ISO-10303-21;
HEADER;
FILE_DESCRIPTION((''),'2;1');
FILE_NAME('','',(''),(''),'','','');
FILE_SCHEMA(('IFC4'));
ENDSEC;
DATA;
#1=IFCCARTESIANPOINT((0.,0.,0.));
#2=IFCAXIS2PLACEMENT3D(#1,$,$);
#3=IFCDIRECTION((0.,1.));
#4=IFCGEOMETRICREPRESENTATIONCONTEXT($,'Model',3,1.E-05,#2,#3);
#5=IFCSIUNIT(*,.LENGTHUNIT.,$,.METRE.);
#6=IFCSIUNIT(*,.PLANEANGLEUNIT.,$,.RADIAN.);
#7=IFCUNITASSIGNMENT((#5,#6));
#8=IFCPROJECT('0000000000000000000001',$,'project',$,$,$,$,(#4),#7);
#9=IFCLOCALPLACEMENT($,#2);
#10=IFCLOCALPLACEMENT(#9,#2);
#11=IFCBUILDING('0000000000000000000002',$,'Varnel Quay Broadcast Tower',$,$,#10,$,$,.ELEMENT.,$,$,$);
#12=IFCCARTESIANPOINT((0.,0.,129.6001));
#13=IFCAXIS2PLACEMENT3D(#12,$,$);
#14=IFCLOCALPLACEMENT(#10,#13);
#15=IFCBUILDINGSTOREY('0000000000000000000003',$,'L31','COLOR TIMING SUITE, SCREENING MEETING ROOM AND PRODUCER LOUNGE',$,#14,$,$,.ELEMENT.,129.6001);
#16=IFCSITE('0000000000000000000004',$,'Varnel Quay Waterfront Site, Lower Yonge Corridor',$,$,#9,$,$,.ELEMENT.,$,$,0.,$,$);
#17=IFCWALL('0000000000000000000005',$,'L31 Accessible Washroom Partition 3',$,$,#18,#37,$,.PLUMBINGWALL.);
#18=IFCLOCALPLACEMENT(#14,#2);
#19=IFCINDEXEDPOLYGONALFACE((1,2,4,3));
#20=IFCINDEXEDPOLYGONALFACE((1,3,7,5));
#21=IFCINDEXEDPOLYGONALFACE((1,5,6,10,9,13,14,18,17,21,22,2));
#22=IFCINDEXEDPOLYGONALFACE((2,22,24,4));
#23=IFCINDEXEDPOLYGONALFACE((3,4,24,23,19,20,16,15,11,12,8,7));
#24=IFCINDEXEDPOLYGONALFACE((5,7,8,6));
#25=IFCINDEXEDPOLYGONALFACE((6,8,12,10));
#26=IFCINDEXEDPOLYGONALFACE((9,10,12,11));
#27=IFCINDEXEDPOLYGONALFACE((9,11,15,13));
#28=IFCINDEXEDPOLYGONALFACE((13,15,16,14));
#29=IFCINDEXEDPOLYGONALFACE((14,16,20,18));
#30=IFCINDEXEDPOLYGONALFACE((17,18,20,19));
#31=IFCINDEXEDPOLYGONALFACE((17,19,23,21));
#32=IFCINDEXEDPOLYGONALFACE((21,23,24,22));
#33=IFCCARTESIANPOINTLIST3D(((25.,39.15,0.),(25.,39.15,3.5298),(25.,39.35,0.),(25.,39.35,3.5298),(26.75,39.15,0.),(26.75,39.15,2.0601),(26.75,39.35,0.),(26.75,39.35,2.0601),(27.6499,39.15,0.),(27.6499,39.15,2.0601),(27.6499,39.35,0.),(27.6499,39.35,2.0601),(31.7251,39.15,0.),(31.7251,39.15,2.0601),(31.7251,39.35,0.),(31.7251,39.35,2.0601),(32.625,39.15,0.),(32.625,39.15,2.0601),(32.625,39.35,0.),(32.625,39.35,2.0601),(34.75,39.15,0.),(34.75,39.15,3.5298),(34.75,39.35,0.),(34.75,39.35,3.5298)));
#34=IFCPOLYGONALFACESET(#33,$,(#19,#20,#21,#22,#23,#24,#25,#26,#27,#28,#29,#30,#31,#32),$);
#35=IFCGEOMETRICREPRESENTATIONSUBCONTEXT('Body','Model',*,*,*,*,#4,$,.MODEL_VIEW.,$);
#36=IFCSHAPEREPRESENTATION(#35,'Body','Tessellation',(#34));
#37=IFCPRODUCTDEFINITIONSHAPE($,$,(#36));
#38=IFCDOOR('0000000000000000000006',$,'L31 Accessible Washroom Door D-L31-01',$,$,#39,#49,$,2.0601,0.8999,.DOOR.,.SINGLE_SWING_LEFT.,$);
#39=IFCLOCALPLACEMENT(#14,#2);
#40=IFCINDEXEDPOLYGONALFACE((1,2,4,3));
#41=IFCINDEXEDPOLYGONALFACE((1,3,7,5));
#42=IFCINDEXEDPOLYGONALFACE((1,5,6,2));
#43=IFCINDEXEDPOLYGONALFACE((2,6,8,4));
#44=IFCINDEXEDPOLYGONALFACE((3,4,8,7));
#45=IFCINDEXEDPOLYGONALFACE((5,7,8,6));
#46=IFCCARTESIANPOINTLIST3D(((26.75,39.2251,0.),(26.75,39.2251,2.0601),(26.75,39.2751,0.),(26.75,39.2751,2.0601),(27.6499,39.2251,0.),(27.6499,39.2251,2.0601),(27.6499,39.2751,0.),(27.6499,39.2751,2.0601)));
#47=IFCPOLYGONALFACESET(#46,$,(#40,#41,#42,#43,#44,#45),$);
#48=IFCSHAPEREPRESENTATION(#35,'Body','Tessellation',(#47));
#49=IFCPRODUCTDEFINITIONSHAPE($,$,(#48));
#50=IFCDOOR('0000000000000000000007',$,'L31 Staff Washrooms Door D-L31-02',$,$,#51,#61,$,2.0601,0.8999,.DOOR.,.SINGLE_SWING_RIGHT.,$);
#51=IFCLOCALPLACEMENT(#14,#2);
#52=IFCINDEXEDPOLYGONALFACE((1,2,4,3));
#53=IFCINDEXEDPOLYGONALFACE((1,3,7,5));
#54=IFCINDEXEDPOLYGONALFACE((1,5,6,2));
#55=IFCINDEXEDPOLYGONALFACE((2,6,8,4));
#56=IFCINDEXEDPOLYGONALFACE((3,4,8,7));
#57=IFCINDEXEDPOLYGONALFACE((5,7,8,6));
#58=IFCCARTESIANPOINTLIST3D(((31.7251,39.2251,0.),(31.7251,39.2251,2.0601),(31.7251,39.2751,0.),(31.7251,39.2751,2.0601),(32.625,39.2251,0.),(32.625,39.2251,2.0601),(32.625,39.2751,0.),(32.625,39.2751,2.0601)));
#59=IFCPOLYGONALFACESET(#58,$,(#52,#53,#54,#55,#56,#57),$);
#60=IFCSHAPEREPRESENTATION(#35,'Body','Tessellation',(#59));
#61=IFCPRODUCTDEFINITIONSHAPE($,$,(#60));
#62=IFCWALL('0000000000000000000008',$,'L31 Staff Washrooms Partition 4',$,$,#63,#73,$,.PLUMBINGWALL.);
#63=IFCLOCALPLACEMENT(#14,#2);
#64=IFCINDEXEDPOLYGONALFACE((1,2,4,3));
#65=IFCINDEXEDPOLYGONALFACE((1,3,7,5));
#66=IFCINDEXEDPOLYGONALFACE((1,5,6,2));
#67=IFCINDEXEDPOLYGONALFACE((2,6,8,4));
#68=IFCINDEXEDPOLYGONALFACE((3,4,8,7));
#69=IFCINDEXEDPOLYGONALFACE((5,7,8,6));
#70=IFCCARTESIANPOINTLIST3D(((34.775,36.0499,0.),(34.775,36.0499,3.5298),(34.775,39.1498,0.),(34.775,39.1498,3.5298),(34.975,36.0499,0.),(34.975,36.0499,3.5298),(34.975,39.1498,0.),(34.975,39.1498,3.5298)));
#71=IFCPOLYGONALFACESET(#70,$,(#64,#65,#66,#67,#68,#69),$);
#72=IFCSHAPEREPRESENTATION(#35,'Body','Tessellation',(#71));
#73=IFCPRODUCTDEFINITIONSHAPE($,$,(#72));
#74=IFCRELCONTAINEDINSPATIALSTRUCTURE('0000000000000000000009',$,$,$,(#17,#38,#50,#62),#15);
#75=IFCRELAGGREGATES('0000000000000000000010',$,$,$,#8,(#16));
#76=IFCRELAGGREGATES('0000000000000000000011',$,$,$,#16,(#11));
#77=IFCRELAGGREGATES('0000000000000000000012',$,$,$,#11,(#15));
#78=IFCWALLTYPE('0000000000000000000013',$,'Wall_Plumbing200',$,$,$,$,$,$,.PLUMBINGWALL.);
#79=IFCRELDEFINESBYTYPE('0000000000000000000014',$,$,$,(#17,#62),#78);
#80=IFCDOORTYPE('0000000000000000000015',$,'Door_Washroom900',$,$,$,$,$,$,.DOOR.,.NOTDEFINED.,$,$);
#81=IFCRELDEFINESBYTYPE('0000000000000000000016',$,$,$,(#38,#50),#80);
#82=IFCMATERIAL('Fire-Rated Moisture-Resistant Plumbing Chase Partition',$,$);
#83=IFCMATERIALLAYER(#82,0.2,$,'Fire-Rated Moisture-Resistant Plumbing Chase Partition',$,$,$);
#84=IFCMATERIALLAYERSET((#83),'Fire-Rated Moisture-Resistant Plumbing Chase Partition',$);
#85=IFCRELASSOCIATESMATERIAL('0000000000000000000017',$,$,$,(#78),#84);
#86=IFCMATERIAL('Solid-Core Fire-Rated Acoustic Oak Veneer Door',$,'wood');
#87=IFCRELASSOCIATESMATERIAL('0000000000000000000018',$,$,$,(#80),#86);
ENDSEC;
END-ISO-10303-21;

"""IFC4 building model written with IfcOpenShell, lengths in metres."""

from ifc_helpers import new_model, si_unit, direction, frame, frame_2d, origin, place, context, subcontext, project, spatial, rectangle, extrude, source, transform, mapped, material, layer, layer_set, type_object, type_shapes, element, fill, save


model = new_model("IFC4")

# Units and contexts
model_context = context("Model", 3, precision=1e-05, world=origin(), true_north=direction((0.0, 1.0)))
body_context = subcontext(model_context, "Body", "Model", "MODEL_VIEW")
ifc_project = project(units=[si_unit("LENGTHUNIT", "METRE"), si_unit("PLANEANGLEUNIT", "RADIAN")], contexts=[model_context])

# Site, building, storey
site_placement = place(None, origin())
site = spatial("IfcSite", under=ifc_project, at=site_placement, Name="Varnel Quay Waterfront Site, Lower Yonge Corridor", CompositionType="ELEMENT", RefElevation=0.0)
building_placement = place(site_placement, origin())
building = spatial("IfcBuilding", under=site, at=building_placement, Name="Varnel Quay Broadcast Tower", CompositionType="ELEMENT")
storey_placement = place(building_placement, frame((0.0, 0.0, 129.6001)))
storey = spatial("IfcBuildingStorey", under=building, at=storey_placement, Name="L31", Description="COLOR TIMING SUITE, SCREENING MEETING ROOM AND PRODUCER LOUNGE", CompositionType="ELEMENT", Elevation=129.6001)

# Shared definitions
ifc_material_1 = material(Name="Fire-Rated Moisture-Resistant Plumbing Chase Partition")
ifc_layer_1 = layer(ifc_material_1, 0.2, Name="Fire-Rated Moisture-Resistant Plumbing Chase Partition")
ifc_layer_set_1 = layer_set([ifc_layer_1], Name="Fire-Rated Moisture-Resistant Plumbing Chase Partition")
wall_type_1 = type_object("IfcWallType", Name="Wall_Plumbing200", PredefinedType="PLUMBINGWALL", material=ifc_layer_set_1)

# Wall, openings, doors
wall_1_placement = place(storey_placement, frame((25.0, 39.25, 0.0), z_axis=(0.0, 0.0, 1.0), x_axis=(1.0, 0.0, 0.0)))
wall_1 = element("IfcWall", 1, at=wall_1_placement, inside=storey, type_object=wall_type_1, Name="L31 Accessible Washroom Partition 3", PredefinedType="PLUMBINGWALL", context=body_context, shape_type="SweptSolid", body=[
    extrude(rectangle(XDim=9.75, YDim=0.2, at=frame_2d((4.875, 0.0))), origin(), (0.0, 0.0, 1.0), 3.5298),
])
opening_1_placement = place(wall_1_placement, frame((1.75, 0.0, 0.0)))
opening_1 = element("IfcOpeningElement", 2, at=opening_1_placement, cuts=wall_1, PredefinedType="OPENING", context=body_context, shape_type="SweptSolid", body=[
    extrude(rectangle(XDim=0.8999, YDim=2.0601, at=frame_2d((0.45, 1.03))), frame((0.0, 0.1099, 0.0), z_axis=(0.0, -1.0, 0.0), x_axis=(1.0, 0.0, 0.0)), (0.0, 0.0, 1.0), 0.22),
])
opening_2_placement = place(wall_1_placement, frame((6.7251, 0.0, 0.0)))
opening_2 = element("IfcOpeningElement", 3, at=opening_2_placement, cuts=wall_1, PredefinedType="OPENING", context=body_context, shape_type="SweptSolid", body=[
    extrude(rectangle(XDim=0.8999, YDim=2.0601, at=frame_2d((0.45, 1.03))), frame((0.0, 0.1099, 0.0), z_axis=(0.0, -1.0, 0.0), x_axis=(1.0, 0.0, 0.0)), (0.0, 0.0, 1.0), 0.22),
])
ifc_material_2 = material(Name="Solid-Core Fire-Rated Acoustic Oak Veneer Door", Category="wood")
door_type_1 = type_object("IfcDoorType", Name="Door_Washroom900", OperationType="NOTDEFINED", PredefinedType="DOOR", material=ifc_material_2)
shared_shape_1 = source(origin(), body_context, "Body", "SweptSolid", [
    extrude(rectangle(XDim=0.8999, YDim=2.0601, at=frame_2d((0.45, 1.03))), frame((0.0, 0.0249, 0.0), z_axis=(0.0, -1.0, 0.0), x_axis=(1.0, 0.0, 0.0)), (0.0, 0.0, 1.0), 0.05),
])
type_shapes(door_type_1, [shared_shape_1])
door_1_placement = place(opening_1_placement, frame((0.8999, 0.0, 0.0), z_axis=(0.0, 0.0, 1.0), x_axis=(-1.0, 0.0, 0.0)))
door_1 = element("IfcDoor", 4, at=door_1_placement, inside=storey, type_object=door_type_1, Name="L31 Accessible Washroom Door D-L31-01", OperationType="SINGLE_SWING_LEFT", OverallHeight=2.0601, OverallWidth=0.8999, PredefinedType="DOOR", context=body_context, shape_type="MappedRepresentation", body=[
    mapped(shared_shape_1, transform((0.0, 0.0, 0.0), x_axis=(1.0, 0.0, 0.0), y_axis=(0.0, 1.0, 0.0), z_axis=(0.0, 0.0, 1.0), scale=1.0)),
])
fill(opening_1, door_1)
door_2_placement = place(opening_2_placement, frame((0.8999, 0.0, 0.0), z_axis=(0.0, 0.0, 1.0), x_axis=(-1.0, 0.0, 0.0)))
door_2 = element("IfcDoor", 5, at=door_2_placement, inside=storey, type_object=door_type_1, Name="L31 Staff Washrooms Door D-L31-02", OperationType="SINGLE_SWING_RIGHT", OverallHeight=2.0601, OverallWidth=0.8999, PredefinedType="DOOR", context=body_context, shape_type="MappedRepresentation", body=[
    mapped(shared_shape_1, transform((0.0, 0.0, 0.0), x_axis=(1.0, 0.0, 0.0), y_axis=(0.0, 1.0, 0.0), z_axis=(0.0, 0.0, 1.0), scale=1.0)),
])
fill(opening_2, door_2)

# Wall
wall_2_placement = place(storey_placement, frame((34.875, 36.05, 0.0), z_axis=(0.0, 0.0, 1.0), x_axis=(0.0, 1.0, 0.0)))
element("IfcWall", 6, at=wall_2_placement, inside=storey, type_object=wall_type_1, Name="L31 Staff Washrooms Partition 4", PredefinedType="PLUMBINGWALL", context=body_context, shape_type="SweptSolid", body=[
    extrude(rectangle(XDim=3.0999, YDim=0.2, at=frame_2d((1.5498, 0.0))), origin(), (0.0, 0.0, 1.0), 3.5298),
])

save(model, "model.ifc")
